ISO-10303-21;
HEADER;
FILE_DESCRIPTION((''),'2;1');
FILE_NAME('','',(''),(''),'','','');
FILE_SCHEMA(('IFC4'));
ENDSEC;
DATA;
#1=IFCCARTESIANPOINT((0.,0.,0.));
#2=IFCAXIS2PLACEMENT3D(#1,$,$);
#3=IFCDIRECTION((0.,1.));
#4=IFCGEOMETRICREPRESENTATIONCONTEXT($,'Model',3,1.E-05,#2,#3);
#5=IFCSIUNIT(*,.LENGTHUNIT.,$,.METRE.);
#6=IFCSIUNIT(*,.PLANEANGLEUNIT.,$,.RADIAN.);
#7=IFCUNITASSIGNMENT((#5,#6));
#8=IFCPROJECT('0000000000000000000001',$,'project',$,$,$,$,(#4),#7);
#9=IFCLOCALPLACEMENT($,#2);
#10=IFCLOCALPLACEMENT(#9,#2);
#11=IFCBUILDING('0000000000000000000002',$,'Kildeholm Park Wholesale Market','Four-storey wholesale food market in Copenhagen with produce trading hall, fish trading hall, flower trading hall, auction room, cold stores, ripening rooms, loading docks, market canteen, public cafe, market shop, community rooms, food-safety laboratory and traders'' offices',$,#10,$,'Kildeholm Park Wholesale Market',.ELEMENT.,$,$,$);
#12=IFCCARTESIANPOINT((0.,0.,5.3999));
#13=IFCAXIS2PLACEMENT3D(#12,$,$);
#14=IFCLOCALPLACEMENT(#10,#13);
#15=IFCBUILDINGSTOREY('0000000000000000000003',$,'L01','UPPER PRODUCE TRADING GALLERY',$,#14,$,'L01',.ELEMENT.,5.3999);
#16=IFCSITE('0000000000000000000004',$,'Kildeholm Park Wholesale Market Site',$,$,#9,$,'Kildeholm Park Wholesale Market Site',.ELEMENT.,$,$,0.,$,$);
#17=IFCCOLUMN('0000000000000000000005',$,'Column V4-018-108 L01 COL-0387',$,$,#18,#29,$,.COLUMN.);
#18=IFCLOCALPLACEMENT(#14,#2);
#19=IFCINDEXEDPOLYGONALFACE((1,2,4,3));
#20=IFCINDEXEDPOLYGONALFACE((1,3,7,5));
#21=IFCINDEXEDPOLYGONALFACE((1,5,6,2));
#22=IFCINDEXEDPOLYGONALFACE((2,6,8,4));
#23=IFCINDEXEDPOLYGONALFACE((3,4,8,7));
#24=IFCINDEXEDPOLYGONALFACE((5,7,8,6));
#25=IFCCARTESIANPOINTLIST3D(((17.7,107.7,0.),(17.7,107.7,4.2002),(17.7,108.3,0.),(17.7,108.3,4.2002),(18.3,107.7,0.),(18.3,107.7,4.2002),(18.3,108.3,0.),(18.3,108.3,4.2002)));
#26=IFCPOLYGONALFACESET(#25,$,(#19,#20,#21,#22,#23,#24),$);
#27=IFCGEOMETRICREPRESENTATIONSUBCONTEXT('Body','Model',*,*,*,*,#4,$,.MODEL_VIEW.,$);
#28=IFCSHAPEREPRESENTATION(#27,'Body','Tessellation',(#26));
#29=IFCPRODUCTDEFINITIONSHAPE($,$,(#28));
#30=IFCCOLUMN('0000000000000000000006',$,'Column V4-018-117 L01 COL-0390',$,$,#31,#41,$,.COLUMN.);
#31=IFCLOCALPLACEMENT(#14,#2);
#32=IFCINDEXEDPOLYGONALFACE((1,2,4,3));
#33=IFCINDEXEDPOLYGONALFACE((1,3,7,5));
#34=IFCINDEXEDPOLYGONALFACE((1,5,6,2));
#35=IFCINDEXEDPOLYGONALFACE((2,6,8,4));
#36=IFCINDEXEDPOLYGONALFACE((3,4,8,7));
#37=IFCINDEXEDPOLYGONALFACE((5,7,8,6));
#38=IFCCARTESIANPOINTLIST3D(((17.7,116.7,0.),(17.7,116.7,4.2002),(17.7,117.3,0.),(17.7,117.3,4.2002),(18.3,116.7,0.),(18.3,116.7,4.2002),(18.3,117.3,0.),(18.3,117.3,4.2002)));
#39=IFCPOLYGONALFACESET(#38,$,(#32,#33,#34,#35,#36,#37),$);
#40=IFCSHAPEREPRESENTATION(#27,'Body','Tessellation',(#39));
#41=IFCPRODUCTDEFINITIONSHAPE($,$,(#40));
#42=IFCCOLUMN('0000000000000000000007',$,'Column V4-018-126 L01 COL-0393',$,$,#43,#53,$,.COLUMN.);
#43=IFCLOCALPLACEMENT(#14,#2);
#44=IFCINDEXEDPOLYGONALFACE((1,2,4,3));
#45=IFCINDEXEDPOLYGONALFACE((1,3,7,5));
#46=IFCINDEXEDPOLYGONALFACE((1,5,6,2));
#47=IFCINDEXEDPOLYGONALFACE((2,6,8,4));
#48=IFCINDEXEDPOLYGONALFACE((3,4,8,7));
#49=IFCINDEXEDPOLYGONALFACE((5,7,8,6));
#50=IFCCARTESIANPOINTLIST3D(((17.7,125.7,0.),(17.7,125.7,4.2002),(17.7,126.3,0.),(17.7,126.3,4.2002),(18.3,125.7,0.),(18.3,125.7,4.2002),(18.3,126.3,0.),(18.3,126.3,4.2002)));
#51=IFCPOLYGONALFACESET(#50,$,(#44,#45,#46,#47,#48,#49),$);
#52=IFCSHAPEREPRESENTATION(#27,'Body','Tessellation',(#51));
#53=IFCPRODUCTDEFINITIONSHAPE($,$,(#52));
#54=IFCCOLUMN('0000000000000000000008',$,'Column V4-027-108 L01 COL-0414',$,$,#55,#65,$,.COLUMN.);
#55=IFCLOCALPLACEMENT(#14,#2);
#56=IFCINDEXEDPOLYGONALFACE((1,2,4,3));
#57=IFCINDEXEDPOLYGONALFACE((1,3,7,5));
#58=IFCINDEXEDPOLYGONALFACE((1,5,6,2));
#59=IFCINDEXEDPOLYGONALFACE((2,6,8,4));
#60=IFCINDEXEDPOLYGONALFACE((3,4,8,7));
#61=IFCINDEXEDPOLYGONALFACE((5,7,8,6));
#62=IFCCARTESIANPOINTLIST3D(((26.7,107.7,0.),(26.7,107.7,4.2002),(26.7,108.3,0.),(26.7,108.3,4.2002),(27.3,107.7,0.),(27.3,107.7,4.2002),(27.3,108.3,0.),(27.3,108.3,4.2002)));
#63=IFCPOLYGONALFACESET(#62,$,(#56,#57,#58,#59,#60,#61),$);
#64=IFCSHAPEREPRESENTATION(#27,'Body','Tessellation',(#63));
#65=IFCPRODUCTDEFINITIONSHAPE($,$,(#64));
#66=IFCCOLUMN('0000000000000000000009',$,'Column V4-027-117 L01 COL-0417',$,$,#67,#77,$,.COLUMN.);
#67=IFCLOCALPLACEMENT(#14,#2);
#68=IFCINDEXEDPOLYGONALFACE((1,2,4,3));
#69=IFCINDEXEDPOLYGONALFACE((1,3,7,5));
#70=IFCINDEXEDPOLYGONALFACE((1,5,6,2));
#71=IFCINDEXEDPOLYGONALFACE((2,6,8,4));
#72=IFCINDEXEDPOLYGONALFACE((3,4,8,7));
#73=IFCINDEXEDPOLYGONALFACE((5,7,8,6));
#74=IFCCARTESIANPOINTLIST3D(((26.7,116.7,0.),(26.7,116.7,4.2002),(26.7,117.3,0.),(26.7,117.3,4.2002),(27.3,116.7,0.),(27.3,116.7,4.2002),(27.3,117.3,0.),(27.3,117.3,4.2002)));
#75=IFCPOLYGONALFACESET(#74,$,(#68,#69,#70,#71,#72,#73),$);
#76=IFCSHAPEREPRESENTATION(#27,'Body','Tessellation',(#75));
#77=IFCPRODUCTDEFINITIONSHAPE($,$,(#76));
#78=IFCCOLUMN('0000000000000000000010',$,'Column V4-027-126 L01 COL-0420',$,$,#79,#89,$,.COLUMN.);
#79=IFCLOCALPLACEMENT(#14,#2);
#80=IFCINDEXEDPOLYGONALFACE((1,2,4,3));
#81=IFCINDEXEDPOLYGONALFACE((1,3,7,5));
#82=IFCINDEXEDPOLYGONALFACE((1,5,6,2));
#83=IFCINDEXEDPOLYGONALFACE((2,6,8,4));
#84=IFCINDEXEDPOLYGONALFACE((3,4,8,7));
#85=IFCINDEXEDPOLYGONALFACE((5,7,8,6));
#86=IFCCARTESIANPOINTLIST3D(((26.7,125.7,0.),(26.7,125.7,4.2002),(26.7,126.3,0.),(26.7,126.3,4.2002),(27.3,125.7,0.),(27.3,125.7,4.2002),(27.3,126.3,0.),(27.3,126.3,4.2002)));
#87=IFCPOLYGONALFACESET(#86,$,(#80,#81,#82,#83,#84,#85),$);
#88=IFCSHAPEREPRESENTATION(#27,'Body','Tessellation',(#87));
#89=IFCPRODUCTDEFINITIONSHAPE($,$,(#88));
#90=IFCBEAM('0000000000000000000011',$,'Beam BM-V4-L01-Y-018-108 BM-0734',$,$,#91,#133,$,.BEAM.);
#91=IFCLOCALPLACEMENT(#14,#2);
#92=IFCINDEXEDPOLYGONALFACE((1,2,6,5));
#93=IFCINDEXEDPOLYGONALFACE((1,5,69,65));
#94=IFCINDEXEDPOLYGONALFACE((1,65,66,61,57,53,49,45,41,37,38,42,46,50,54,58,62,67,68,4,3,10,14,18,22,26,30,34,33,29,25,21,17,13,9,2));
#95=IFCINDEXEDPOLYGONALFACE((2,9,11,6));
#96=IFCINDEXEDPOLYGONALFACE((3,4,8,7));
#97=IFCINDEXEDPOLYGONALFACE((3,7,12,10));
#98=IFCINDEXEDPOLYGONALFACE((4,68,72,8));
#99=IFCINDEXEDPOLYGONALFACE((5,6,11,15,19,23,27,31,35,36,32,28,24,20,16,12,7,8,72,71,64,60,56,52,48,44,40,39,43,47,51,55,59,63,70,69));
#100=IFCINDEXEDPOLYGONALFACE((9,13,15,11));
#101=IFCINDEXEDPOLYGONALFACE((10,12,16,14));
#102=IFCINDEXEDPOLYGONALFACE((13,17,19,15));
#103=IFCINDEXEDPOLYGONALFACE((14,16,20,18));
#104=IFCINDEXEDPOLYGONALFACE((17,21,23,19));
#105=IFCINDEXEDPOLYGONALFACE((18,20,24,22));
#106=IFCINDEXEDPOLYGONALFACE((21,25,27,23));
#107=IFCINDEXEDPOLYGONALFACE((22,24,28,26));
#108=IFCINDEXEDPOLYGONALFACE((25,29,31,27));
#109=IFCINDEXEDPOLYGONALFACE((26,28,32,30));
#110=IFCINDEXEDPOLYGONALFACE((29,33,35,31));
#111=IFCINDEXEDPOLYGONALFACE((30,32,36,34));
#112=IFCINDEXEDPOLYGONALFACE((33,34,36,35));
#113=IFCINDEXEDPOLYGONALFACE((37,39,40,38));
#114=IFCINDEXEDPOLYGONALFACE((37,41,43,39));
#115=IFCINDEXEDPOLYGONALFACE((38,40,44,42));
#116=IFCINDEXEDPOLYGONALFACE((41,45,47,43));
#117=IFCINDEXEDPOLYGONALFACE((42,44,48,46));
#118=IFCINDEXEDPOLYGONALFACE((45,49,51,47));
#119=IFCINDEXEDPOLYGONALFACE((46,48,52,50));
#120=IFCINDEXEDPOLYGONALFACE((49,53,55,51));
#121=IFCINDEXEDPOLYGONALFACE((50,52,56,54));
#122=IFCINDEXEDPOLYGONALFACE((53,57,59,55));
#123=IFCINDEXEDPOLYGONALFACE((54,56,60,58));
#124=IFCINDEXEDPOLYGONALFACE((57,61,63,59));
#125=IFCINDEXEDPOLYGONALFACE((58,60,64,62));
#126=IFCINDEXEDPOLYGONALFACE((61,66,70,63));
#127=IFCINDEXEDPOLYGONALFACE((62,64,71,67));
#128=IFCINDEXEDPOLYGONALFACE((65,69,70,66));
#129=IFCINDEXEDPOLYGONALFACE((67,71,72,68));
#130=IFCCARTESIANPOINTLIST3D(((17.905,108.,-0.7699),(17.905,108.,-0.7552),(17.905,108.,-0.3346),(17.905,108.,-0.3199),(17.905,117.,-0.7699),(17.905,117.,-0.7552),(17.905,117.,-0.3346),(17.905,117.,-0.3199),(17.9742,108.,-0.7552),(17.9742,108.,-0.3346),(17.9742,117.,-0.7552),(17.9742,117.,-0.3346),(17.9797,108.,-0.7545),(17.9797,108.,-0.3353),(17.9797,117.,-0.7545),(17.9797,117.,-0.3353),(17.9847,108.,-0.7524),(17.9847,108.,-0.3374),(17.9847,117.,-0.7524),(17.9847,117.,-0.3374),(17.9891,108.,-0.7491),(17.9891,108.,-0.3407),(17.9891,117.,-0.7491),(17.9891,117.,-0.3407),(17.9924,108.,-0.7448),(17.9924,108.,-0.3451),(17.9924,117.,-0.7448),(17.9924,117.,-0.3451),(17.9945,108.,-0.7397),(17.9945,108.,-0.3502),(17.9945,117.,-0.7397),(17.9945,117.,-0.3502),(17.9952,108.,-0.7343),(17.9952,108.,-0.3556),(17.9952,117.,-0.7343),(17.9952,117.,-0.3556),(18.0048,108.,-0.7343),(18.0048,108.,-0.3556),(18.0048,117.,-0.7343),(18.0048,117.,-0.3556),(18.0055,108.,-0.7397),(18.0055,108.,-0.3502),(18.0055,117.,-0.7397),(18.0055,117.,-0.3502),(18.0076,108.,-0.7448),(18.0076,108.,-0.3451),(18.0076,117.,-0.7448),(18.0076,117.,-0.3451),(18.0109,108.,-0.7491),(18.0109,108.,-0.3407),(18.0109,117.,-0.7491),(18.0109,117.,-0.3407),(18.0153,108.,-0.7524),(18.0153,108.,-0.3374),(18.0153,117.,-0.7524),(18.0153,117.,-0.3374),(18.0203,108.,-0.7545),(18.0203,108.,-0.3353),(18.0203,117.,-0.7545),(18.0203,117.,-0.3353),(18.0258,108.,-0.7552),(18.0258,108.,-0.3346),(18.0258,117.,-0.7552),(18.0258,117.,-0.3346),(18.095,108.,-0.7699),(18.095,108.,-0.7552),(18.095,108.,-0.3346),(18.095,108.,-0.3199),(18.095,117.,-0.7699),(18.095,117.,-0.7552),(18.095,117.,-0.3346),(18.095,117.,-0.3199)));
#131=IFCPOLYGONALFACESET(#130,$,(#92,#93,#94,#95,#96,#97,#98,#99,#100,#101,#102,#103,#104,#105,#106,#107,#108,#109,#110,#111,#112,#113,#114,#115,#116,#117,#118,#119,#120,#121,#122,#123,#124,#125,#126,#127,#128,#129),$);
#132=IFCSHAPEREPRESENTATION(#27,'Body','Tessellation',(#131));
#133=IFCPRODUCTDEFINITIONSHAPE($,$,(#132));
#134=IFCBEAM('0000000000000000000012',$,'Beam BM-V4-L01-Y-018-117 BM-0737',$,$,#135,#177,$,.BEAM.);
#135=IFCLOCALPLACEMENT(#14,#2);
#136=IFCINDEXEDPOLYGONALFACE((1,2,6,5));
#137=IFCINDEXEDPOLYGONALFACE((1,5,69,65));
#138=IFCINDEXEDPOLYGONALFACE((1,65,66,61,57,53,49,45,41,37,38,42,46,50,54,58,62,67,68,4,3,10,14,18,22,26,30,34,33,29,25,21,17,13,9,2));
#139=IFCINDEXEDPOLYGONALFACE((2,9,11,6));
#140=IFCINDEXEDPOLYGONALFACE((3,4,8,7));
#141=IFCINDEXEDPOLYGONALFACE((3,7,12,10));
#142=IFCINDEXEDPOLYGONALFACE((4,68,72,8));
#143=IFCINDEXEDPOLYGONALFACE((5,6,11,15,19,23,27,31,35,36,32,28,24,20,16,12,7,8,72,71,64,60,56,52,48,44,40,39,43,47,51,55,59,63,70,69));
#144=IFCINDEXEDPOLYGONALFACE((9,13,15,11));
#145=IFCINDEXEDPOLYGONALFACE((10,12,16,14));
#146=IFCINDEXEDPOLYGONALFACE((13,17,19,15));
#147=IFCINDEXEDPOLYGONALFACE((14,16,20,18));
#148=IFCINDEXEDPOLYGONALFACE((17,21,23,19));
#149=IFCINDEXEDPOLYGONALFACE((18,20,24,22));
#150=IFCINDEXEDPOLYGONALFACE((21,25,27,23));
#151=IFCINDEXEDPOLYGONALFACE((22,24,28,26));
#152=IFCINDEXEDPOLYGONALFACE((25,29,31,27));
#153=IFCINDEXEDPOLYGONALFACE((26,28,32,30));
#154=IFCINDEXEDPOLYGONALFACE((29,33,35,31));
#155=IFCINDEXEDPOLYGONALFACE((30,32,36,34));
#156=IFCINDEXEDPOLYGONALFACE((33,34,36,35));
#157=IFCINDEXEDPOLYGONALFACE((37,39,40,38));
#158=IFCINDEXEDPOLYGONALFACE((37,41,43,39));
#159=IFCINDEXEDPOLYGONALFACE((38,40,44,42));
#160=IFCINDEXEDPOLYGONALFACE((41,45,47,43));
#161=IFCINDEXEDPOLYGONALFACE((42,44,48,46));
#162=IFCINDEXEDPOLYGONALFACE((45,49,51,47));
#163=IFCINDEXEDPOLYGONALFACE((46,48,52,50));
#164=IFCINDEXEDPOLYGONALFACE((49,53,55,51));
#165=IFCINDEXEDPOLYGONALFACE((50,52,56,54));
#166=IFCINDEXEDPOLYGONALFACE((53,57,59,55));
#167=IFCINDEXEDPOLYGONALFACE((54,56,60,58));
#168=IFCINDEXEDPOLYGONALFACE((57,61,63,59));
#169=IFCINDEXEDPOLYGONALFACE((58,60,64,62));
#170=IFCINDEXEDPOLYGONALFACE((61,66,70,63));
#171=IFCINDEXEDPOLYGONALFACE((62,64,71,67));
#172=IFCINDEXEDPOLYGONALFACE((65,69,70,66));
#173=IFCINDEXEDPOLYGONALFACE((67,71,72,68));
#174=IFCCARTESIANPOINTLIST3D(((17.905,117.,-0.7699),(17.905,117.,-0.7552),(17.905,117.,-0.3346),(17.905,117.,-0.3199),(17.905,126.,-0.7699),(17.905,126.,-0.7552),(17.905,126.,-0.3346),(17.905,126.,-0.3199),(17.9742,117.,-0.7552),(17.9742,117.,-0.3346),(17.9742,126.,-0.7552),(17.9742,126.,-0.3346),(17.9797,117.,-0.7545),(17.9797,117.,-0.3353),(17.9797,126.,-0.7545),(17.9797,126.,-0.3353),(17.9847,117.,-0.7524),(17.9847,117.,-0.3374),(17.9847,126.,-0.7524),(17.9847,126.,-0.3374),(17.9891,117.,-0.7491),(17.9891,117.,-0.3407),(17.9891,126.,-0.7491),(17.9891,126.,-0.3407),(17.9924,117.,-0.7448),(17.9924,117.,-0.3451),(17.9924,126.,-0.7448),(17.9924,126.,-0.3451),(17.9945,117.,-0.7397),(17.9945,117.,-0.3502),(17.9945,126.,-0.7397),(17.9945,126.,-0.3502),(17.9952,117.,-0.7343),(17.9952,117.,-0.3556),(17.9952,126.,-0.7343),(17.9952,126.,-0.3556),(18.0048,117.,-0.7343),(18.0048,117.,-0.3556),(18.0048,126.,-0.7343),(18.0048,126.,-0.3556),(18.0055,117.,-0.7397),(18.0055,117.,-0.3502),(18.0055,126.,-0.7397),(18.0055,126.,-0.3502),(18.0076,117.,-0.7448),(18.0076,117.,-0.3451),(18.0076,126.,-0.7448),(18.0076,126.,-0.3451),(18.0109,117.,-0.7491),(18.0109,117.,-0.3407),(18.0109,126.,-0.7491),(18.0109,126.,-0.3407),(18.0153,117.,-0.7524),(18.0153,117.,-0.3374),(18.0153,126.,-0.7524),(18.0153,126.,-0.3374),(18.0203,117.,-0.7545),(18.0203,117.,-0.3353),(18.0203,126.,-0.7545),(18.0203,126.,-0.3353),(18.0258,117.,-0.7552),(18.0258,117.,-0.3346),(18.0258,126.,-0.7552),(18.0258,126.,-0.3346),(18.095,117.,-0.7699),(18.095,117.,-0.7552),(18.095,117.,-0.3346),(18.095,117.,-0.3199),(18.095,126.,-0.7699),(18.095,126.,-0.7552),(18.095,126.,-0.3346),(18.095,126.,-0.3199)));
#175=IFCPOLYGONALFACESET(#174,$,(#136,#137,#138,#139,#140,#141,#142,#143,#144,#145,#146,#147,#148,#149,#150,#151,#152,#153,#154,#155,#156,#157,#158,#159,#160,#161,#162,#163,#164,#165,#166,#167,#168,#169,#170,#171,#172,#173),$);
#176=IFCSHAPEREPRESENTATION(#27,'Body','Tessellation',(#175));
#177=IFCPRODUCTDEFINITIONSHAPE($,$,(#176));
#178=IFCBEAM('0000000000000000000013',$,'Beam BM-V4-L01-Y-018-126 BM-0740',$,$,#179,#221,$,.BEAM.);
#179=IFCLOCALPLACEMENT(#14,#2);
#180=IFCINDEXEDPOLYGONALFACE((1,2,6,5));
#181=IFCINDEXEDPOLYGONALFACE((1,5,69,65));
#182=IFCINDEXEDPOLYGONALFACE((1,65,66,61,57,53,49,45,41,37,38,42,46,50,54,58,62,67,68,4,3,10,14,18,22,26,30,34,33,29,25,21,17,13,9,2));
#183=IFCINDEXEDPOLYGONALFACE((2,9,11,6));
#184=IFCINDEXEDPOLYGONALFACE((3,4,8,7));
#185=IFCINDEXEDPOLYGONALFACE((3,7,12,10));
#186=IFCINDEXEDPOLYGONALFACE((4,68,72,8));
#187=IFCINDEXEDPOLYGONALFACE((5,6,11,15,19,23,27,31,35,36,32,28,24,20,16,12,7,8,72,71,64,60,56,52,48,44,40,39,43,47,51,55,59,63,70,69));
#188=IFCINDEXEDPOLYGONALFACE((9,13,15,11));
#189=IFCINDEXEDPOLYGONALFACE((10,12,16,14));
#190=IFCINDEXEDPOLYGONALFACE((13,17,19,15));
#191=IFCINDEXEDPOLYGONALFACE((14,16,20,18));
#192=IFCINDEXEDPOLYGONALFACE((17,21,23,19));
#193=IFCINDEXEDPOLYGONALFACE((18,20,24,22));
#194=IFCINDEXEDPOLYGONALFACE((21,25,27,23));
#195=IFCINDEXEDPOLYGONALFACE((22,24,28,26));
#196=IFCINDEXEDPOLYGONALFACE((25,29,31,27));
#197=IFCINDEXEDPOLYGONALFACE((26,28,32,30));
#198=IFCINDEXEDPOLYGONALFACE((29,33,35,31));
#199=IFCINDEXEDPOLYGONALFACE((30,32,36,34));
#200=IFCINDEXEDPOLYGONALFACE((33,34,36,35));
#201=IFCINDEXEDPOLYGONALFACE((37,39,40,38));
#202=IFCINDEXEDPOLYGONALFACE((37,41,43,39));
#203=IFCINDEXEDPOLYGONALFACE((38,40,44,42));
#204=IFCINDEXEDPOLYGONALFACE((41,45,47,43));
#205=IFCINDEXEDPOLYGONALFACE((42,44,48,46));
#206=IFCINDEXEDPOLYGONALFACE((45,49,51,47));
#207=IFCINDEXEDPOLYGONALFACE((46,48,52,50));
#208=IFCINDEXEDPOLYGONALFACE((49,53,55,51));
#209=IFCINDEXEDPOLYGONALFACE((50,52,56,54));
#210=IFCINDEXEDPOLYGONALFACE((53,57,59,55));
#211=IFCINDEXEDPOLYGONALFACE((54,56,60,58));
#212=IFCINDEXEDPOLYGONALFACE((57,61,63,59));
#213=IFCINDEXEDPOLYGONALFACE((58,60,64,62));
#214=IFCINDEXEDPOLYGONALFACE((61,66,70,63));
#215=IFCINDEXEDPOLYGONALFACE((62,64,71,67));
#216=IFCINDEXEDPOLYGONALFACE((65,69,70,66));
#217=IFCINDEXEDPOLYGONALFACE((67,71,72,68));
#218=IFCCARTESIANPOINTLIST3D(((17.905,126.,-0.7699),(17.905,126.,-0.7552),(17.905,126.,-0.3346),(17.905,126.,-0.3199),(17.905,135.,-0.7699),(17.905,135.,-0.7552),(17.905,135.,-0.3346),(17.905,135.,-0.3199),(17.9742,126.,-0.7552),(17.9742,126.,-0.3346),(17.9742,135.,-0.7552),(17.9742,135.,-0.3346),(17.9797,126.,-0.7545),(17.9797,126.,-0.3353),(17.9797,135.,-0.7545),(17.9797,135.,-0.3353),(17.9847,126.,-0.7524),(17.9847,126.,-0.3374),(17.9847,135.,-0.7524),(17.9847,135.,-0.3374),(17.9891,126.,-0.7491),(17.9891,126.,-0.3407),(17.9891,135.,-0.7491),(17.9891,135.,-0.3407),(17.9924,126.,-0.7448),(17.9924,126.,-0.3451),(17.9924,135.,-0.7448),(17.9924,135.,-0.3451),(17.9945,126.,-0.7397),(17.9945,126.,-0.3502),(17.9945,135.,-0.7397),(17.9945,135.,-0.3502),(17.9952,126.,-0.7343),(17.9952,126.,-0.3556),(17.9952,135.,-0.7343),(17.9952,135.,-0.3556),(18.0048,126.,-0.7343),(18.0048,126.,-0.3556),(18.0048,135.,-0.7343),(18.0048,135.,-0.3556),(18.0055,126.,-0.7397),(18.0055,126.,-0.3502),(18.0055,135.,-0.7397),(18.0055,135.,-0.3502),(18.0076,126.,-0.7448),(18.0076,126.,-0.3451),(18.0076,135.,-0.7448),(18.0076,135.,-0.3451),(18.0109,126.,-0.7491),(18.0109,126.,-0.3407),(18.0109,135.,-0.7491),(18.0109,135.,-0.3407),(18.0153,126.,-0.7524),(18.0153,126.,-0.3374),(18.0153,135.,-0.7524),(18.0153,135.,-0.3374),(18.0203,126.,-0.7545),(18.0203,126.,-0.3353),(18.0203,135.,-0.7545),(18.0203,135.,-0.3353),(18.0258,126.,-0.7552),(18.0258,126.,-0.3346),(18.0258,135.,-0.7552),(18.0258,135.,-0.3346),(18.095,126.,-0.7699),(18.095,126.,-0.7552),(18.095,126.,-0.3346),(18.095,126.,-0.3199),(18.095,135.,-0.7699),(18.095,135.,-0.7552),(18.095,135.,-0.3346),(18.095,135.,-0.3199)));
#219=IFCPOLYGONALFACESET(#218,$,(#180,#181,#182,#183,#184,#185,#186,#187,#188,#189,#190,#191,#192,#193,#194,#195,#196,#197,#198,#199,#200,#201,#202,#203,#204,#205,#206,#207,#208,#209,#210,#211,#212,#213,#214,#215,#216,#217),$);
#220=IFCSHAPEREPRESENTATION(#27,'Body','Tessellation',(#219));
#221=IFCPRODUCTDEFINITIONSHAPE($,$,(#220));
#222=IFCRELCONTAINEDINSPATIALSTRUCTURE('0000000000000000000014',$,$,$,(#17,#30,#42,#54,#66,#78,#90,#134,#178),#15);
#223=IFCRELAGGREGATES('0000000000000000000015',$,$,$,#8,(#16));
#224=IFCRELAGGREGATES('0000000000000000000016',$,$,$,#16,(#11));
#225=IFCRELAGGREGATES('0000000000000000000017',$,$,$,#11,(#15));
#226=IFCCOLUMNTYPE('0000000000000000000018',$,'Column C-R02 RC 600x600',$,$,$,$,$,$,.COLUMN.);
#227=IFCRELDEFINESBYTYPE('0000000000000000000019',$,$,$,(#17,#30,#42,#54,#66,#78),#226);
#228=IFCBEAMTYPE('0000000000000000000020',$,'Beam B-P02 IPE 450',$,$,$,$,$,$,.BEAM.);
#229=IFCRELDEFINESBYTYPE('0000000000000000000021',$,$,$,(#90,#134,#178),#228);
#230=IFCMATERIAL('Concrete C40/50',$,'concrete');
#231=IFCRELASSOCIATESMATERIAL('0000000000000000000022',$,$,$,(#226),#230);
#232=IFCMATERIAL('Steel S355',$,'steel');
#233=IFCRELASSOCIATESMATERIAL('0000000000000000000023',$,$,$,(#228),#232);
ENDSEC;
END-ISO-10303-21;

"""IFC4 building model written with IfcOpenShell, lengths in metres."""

from ifc_helpers import new_model, si_unit, direction, frame, origin, origin_2d, place, context, subcontext, project, spatial, rectangle, i_section, extrude, material, material_profile, profile_set, type_object, element, save


model = new_model("IFC4")

# Units and contexts
model_context = context("Model", 3, precision=1e-05, world=origin(), true_north=direction((0.0, 1.0)))
body_context = subcontext(model_context, "Body", "Model", "MODEL_VIEW")
ifc_project = project(units=[si_unit("LENGTHUNIT", "METRE"), si_unit("PLANEANGLEUNIT", "RADIAN")], contexts=[model_context])

# Site, building, storey
site_placement = place(None, origin())
site = spatial("IfcSite", under=ifc_project, at=site_placement, Name="Kildeholm Park Wholesale Market Site", LongName="Kildeholm Park Wholesale Market Site", CompositionType="ELEMENT", RefElevation=0.0)
building_placement = place(site_placement, origin())
building = spatial("IfcBuilding", under=site, at=building_placement, Name="Kildeholm Park Wholesale Market", Description="Four-storey wholesale food market in Copenhagen with produce trading hall, fish trading hall, flower trading hall, auction room, cold stores, ripening rooms, loading docks, market canteen, public cafe, market shop, community rooms, food-safety laboratory and traders' offices", LongName="Kildeholm Park Wholesale Market", CompositionType="ELEMENT")
storey_placement = place(building_placement, frame((0.0, 0.0, 5.3999)))
storey = spatial("IfcBuildingStorey", under=building, at=storey_placement, Name="L01", Description="UPPER PRODUCE TRADING GALLERY", LongName="L01", CompositionType="ELEMENT", Elevation=5.3999)

# Columns
ifc_material_1 = material(Name="Concrete C40/50", Category="concrete")
ifc_material_profile_1 = material_profile(ifc_material_1, rectangle(XDim=0.6001, YDim=0.6001, at=origin_2d()), Name="RC 600x600")
ifc_profile_set_1 = profile_set([ifc_material_profile_1], Name="Concrete C40/50")
column_type = type_object("IfcColumnType", Name="Column C-R02 RC 600x600", PredefinedType="COLUMN", material=ifc_profile_set_1)
for number, where, z_axis, x_axis, name in (
    (1, (18.0, 108.0, 0.0), (0.0, 0.0, 1.0), (1.0, 0.0, 0.0), "Column V4-018-108 L01 COL-0387"),
    (2, (18.0, 117.0, 0.0), (0.0, 0.0, 1.0), (1.0, 0.0, 0.0), "Column V4-018-117 L01 COL-0390"),
    (3, (18.0, 126.0, 0.0), (0.0, 0.0, 1.0), (1.0, 0.0, 0.0), "Column V4-018-126 L01 COL-0393"),
    (4, (27.0, 108.0, 0.0), (0.0, 0.0, 1.0), (1.0, 0.0, 0.0), "Column V4-027-108 L01 COL-0414"),
    (5, (27.0, 117.0, 0.0), (0.0, 0.0, 1.0), (1.0, 0.0, 0.0), "Column V4-027-117 L01 COL-0417"),
    (6, (27.0, 126.0, 0.0), (0.0, 0.0, 1.0), (1.0, 0.0, 0.0), "Column V4-027-126 L01 COL-0420"),
):
    element("IfcColumn", number, at=place(storey_placement, frame(where, z_axis=z_axis, x_axis=x_axis)), inside=storey, type_object=column_type, Name=name, PredefinedType="COLUMN", context=body_context, shape_type="SweptSolid", body=[
        extrude(rectangle(XDim=0.6001, YDim=0.6001, at=origin_2d()), origin(), (0.0, 0.0, 1.0), 4.2002),
    ])

# Beams
ifc_material_2 = material(Name="Steel S355", Category="steel")
ifc_material_profile_2 = material_profile(ifc_material_2, i_section(OverallWidth=0.1899, OverallDepth=0.45, WebThickness=0.0095, FlangeThickness=0.0146, FilletRadius=0.021, at=origin_2d()), Name="IPE 450")
ifc_profile_set_2 = profile_set([ifc_material_profile_2], Name="Steel S355")
beam_type_1 = type_object("IfcBeamType", Name="Beam B-P02 IPE 450", PredefinedType="BEAM", material=ifc_profile_set_2)
for number, where, z_axis, x_axis, name in (
    (7, (18.0, 108.0, -0.5449), (0.0, 1.0, 0.0), (-1.0, 0.0, 0.0), "Beam BM-V4-L01-Y-018-108 BM-0734"),
    (8, (18.0, 117.0, -0.5449), (0.0, 1.0, 0.0), (-1.0, 0.0, 0.0), "Beam BM-V4-L01-Y-018-117 BM-0737"),
    (9, (18.0, 126.0, -0.5449), (0.0, 1.0, 0.0), (-1.0, 0.0, 0.0), "Beam BM-V4-L01-Y-018-126 BM-0740"),
):
    element("IfcBeam", number, at=place(storey_placement, frame(where, z_axis=z_axis, x_axis=x_axis)), inside=storey, type_object=beam_type_1, Name=name, PredefinedType="BEAM", context=body_context, shape_type="SweptSolid", body=[
        extrude(i_section(OverallWidth=0.1899, OverallDepth=0.45, WebThickness=0.0095, FlangeThickness=0.0146, FilletRadius=0.021, at=origin_2d()), origin(), (0.0, 0.0, 1.0), 9.0),
    ])

save(model, "model.ifc")
